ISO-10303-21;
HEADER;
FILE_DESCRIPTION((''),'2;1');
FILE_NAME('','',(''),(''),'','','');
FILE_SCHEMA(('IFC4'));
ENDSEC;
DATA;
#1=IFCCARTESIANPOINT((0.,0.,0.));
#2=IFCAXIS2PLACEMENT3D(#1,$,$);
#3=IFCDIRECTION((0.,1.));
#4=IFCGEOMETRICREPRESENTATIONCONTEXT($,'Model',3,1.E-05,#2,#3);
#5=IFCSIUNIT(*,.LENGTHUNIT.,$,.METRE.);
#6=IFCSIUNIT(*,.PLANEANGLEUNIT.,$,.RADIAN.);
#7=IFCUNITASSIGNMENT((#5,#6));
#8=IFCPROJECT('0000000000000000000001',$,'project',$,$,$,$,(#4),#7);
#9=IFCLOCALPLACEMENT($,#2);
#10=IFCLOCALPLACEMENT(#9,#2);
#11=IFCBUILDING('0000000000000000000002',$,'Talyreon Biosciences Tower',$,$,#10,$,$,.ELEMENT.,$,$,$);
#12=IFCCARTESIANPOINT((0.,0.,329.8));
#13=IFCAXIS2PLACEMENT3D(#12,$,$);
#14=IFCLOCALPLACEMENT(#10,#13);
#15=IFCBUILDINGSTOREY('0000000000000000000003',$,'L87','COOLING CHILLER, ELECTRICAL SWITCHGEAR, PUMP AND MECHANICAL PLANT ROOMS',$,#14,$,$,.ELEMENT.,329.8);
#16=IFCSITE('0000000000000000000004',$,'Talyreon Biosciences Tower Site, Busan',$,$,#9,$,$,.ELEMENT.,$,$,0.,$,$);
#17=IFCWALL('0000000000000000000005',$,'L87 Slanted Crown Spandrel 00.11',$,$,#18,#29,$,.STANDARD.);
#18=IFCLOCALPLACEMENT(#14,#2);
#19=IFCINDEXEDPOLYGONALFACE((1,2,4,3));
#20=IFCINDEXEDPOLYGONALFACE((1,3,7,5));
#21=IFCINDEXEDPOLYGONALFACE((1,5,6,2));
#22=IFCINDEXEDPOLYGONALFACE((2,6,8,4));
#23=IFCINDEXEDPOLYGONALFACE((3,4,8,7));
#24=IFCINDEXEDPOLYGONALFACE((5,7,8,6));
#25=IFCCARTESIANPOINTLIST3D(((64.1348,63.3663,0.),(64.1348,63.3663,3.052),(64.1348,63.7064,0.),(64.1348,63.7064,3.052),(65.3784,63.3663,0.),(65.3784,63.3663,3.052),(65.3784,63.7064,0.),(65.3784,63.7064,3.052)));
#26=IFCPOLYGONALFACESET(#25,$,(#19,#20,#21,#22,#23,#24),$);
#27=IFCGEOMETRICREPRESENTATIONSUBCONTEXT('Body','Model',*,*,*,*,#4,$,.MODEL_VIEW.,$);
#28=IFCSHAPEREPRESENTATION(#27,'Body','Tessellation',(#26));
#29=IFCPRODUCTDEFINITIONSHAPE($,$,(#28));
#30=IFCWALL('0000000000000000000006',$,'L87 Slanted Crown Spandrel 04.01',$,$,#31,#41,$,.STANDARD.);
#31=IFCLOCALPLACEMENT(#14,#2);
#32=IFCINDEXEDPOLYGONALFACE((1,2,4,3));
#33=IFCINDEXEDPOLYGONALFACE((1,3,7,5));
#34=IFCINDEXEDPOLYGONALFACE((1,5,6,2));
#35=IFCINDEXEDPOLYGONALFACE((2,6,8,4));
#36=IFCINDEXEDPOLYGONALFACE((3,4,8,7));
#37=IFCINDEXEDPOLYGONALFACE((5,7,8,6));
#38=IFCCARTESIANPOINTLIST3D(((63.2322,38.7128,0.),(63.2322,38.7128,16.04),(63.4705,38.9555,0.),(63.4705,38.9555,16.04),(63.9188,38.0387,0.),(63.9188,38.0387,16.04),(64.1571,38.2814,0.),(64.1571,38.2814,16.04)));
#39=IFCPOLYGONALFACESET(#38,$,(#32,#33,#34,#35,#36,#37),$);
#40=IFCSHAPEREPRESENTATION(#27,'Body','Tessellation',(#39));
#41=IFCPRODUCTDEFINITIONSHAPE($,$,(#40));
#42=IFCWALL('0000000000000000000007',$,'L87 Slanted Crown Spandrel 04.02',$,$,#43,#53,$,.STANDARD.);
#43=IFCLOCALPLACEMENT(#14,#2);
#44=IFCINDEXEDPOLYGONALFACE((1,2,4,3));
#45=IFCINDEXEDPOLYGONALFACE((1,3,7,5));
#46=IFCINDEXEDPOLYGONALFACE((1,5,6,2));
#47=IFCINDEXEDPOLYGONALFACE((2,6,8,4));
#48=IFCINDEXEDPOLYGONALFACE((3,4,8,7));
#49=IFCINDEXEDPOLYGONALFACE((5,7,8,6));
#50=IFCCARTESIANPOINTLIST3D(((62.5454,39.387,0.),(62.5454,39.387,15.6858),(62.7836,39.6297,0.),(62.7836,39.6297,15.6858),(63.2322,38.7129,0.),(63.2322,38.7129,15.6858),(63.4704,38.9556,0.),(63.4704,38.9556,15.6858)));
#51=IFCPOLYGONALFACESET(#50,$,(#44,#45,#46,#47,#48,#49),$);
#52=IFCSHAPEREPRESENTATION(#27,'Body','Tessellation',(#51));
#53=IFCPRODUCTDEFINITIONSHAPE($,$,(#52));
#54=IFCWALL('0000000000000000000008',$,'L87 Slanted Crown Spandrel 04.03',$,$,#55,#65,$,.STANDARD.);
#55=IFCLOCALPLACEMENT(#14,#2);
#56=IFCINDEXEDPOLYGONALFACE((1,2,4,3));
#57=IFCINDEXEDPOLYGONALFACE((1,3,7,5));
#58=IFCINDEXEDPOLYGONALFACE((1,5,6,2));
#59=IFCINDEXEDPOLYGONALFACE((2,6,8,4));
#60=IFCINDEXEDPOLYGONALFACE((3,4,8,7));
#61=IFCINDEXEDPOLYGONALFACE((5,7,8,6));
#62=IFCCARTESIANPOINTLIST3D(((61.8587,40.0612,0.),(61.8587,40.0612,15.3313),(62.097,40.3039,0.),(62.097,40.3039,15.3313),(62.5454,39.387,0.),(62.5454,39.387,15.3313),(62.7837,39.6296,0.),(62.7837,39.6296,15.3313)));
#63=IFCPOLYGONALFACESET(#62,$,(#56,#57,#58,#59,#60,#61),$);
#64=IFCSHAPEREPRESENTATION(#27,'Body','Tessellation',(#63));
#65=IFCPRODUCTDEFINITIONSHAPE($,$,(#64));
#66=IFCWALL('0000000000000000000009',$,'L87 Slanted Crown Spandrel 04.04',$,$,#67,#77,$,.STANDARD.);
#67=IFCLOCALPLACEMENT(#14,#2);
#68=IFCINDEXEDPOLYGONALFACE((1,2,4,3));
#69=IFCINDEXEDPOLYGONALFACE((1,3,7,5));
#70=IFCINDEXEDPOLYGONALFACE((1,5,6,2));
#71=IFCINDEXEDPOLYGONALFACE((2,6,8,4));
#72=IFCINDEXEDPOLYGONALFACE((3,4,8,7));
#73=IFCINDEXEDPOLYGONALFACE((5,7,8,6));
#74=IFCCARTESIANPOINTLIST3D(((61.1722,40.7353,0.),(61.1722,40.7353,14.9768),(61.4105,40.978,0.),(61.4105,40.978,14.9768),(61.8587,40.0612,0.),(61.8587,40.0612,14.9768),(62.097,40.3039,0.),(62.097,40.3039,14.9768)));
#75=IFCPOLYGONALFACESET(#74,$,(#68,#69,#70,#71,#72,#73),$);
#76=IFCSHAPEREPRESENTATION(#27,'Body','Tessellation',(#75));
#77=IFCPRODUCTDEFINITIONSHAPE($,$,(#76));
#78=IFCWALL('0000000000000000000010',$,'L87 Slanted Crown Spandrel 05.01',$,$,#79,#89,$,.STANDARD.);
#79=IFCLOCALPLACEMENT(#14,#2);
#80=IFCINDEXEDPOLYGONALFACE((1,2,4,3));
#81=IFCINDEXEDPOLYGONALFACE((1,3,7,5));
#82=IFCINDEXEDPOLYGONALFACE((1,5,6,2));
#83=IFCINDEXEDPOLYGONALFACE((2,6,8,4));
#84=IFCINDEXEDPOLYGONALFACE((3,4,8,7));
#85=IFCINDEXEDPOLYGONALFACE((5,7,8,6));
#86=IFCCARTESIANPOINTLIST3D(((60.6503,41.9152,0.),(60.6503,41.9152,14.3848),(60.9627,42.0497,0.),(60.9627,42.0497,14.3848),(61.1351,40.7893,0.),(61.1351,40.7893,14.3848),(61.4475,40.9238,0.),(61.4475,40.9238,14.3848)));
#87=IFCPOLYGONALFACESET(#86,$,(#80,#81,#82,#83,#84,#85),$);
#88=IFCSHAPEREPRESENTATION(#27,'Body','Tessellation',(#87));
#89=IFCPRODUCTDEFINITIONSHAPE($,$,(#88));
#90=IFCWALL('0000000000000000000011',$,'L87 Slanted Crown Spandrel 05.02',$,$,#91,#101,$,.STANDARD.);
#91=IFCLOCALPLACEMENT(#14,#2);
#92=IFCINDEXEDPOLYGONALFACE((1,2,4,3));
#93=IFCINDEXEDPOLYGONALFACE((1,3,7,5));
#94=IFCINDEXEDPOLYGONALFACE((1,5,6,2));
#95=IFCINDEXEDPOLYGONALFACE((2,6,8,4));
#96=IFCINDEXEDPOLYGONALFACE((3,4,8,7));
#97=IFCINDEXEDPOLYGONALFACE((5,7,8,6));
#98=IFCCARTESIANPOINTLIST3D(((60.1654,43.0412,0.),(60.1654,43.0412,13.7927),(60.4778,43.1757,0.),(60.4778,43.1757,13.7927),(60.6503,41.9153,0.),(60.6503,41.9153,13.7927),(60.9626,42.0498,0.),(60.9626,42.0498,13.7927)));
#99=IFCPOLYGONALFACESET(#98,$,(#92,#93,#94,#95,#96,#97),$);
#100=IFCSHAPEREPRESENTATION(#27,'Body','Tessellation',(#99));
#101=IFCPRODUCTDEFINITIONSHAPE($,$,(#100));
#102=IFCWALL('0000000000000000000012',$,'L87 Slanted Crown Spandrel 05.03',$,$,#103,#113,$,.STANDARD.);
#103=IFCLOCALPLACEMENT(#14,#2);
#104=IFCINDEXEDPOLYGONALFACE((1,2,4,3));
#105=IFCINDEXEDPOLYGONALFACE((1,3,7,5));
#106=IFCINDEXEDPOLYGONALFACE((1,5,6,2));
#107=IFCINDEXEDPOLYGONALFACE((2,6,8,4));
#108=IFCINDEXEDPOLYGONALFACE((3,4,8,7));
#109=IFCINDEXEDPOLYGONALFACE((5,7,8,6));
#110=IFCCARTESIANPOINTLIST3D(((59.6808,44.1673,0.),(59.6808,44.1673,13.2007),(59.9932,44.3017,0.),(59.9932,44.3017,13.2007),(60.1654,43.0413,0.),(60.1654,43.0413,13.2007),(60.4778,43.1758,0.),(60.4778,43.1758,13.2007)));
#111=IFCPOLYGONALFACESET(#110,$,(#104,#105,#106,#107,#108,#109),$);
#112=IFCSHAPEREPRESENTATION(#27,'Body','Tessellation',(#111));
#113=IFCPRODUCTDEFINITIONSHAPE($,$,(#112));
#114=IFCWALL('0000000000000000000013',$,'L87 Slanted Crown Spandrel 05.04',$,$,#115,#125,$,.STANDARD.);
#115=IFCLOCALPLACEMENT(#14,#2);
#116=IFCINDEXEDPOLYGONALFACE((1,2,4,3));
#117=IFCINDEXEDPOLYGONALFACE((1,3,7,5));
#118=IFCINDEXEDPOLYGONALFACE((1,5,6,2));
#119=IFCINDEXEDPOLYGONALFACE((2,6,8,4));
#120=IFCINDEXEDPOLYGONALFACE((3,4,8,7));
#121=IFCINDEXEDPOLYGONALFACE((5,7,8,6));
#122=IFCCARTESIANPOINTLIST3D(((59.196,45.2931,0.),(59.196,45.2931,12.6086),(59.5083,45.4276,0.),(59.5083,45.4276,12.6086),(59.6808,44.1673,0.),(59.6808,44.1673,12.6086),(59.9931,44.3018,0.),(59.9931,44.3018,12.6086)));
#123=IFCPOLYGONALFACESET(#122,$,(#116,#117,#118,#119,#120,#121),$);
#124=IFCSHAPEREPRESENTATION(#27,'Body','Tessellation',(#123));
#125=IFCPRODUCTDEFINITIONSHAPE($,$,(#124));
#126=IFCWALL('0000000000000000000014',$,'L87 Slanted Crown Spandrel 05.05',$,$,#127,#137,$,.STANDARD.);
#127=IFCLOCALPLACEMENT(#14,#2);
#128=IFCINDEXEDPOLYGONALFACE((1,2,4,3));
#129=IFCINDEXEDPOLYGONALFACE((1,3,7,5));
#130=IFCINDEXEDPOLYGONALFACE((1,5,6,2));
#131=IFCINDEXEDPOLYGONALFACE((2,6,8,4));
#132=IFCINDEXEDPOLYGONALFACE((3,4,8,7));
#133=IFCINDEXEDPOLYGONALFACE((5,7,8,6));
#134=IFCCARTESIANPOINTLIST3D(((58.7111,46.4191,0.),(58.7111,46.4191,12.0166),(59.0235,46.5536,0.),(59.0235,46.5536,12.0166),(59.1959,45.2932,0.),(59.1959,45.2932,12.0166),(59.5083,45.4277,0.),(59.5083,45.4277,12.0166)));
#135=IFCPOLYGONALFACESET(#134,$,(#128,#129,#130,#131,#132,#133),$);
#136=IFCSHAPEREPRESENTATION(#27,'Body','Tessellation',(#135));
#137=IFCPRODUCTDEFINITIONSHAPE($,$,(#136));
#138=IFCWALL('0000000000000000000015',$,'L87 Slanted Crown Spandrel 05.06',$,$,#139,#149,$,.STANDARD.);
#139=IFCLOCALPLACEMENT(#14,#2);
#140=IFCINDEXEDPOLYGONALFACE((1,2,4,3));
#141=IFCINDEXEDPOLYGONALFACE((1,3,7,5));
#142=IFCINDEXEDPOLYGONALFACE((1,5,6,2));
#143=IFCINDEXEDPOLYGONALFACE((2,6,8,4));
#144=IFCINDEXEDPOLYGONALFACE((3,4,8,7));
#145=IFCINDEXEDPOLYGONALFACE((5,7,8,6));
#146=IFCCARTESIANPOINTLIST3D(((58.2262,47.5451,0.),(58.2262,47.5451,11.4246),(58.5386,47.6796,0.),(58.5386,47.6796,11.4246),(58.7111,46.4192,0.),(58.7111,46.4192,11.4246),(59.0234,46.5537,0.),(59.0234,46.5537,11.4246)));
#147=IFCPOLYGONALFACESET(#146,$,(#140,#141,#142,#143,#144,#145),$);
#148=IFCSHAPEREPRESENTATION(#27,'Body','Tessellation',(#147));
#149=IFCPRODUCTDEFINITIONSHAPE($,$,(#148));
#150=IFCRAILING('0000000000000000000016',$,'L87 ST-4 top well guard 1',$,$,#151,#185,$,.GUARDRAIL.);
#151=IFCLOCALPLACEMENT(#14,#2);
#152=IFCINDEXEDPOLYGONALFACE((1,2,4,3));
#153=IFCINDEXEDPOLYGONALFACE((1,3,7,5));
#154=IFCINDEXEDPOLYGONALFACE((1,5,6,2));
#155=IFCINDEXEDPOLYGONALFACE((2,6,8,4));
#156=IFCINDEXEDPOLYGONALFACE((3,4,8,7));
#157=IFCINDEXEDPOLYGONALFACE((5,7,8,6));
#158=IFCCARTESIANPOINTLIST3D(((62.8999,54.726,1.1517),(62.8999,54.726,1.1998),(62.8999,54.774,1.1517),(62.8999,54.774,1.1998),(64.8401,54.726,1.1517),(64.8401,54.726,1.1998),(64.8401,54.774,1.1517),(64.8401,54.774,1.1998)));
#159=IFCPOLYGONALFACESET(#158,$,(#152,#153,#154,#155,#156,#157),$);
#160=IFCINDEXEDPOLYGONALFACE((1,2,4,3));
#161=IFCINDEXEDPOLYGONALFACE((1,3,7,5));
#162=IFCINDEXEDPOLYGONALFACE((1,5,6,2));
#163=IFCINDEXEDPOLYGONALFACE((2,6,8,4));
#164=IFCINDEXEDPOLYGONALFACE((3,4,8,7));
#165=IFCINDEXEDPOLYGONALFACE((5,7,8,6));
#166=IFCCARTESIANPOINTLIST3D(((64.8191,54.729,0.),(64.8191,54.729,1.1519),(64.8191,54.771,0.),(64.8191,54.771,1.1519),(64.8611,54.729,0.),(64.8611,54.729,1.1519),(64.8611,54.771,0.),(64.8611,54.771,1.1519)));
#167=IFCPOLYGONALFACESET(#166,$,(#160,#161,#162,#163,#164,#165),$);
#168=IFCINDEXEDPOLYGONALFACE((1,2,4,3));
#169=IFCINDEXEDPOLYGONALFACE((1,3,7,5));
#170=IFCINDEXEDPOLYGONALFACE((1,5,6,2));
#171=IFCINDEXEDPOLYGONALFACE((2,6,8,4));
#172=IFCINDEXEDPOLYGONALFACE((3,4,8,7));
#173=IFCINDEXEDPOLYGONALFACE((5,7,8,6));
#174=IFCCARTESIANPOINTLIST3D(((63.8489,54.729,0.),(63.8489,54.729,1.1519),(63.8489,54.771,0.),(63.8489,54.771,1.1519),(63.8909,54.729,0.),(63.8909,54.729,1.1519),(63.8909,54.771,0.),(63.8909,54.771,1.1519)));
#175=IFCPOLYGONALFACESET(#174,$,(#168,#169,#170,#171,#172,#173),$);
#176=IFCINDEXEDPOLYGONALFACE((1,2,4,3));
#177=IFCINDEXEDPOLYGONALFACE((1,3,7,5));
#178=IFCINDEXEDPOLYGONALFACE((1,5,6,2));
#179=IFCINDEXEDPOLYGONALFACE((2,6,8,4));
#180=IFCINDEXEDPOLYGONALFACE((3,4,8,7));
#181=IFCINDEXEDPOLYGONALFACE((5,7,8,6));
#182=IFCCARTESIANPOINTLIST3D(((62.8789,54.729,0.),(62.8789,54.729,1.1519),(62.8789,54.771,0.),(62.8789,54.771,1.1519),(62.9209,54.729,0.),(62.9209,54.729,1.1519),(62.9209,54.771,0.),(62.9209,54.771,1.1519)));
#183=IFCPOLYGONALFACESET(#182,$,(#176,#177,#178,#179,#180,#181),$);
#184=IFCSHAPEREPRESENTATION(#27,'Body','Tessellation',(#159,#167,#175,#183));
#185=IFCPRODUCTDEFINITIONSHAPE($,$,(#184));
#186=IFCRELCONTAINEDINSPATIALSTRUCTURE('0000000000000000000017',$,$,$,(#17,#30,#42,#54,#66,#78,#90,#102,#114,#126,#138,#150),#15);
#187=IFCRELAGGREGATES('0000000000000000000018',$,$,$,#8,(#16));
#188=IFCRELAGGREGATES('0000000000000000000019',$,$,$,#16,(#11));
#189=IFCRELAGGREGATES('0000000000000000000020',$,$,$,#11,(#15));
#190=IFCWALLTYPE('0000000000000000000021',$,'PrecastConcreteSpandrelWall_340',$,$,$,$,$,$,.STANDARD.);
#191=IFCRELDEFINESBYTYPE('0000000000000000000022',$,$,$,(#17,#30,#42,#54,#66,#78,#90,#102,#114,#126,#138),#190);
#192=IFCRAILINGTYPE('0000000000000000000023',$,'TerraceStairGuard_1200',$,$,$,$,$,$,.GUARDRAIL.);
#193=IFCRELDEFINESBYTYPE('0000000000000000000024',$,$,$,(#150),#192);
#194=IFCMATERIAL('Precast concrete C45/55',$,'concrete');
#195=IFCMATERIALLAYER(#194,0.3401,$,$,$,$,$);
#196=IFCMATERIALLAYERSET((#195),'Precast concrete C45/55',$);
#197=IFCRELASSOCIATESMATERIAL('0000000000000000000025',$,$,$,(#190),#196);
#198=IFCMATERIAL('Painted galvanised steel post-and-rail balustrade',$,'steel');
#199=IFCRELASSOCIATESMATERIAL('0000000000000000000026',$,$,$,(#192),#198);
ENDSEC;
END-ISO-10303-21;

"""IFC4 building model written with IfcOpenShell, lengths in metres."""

from ifc_helpers import new_model, si_unit, direction, frame, frame_2d, origin, origin_2d, place, context, subcontext, project, spatial, rectangle, extrude, material, layer, layer_set, type_object, element, save


model = new_model("IFC4")

# Units and contexts
model_context = context("Model", 3, precision=1e-05, world=origin(), true_north=direction((0.0, 1.0)))
body_context = subcontext(model_context, "Body", "Model", "MODEL_VIEW")
ifc_project = project(units=[si_unit("LENGTHUNIT", "METRE"), si_unit("PLANEANGLEUNIT", "RADIAN")], contexts=[model_context])

# Site, building, storey
site_placement = place(None, origin())
site = spatial("IfcSite", under=ifc_project, at=site_placement, Name="Talyreon Biosciences Tower Site, Busan", CompositionType="ELEMENT", RefElevation=0.0)
building_placement = place(site_placement, origin())
building = spatial("IfcBuilding", under=site, at=building_placement, Name="Talyreon Biosciences Tower", CompositionType="ELEMENT")
storey_placement = place(building_placement, frame((0.0, 0.0, 329.8)))
storey = spatial("IfcBuildingStorey", under=building, at=storey_placement, Name="L87", Description="COOLING CHILLER, ELECTRICAL SWITCHGEAR, PUMP AND MECHANICAL PLANT ROOMS", CompositionType="ELEMENT", Elevation=329.8)

# Walls
ifc_material_1 = material(Name="Precast concrete C45/55", Category="concrete")
ifc_layer_1 = layer(ifc_material_1, 0.3401)
ifc_layer_set_1 = layer_set([ifc_layer_1], Name="Precast concrete C45/55")
wall_type_1 = type_object("IfcWallType", Name="PrecastConcreteSpandrelWall_340", PredefinedType="STANDARD", material=ifc_layer_set_1)
wall_1_placement = place(storey_placement, frame((64.1348, 63.5364, 0.0), z_axis=(0.0, 0.0, 1.0), x_axis=(1.0, 0.0, 0.0)))
element("IfcWall", 1, at=wall_1_placement, inside=storey, type_object=wall_type_1, Name="L87 Slanted Crown Spandrel 00.11", PredefinedType="STANDARD", context=body_context, shape_type="SweptSolid", body=[
    extrude(rectangle(XDim=1.2437, YDim=0.3401, at=frame_2d((0.6218, 0.0))), origin(), (0.0, 0.0, 1.0), 3.052),
])
wall_2_placement = place(storey_placement, frame((64.0378, 38.1602, 0.0), z_axis=(0.0, 0.0, 1.0), x_axis=(-0.713548, 0.700607, 0.0)))
element("IfcWall", 2, at=wall_2_placement, inside=storey, type_object=wall_type_1, Name="L87 Slanted Crown Spandrel 04.01", PredefinedType="STANDARD", context=body_context, shape_type="SweptSolid", body=[
    extrude(rectangle(XDim=0.9622, YDim=0.3401, at=frame_2d((0.481, 0.0))), origin(), (0.0, 0.0, 1.0), 16.04),
])
wall_3_placement = place(storey_placement, frame((63.3513, 38.8342, 0.0), z_axis=(0.0, 0.0, 1.0), x_axis=(-0.713672, 0.70048, 0.0)))
element("IfcWall", 3, at=wall_3_placement, inside=storey, type_object=wall_type_1, Name="L87 Slanted Crown Spandrel 04.02", PredefinedType="STANDARD", context=body_context, shape_type="SweptSolid", body=[
    extrude(rectangle(XDim=0.9624, YDim=0.3401, at=frame_2d((0.4812, 0.0))), origin(), (0.0, 0.0, 1.0), 15.6858),
])
wall_4_placement = place(storey_placement, frame((62.6646, 39.5083, 0.0), z_axis=(0.0, 0.0, 1.0), x_axis=(-0.713546, 0.700609, 0.0)))
element("IfcWall", 4, at=wall_4_placement, inside=storey, type_object=wall_type_1, Name="L87 Slanted Crown Spandrel 04.03", PredefinedType="STANDARD", context=body_context, shape_type="SweptSolid", body=[
    extrude(rectangle(XDim=0.9624, YDim=0.3401, at=frame_2d((0.4812, 0.0))), origin(), (0.0, 0.0, 1.0), 15.3313),
])
wall_5_placement = place(storey_placement, frame((61.9778, 40.1826, 0.0), z_axis=(0.0, 0.0, 1.0), x_axis=(-0.713548, 0.700607, 0.0)))
element("IfcWall", 5, at=wall_5_placement, inside=storey, type_object=wall_type_1, Name="L87 Slanted Crown Spandrel 04.04", PredefinedType="STANDARD", context=body_context, shape_type="SweptSolid", body=[
    extrude(rectangle(XDim=0.9622, YDim=0.3401, at=frame_2d((0.481, 0.0))), origin(), (0.0, 0.0, 1.0), 14.9768),
])
wall_6_placement = place(storey_placement, frame((61.2913, 40.8567, 0.0), z_axis=(0.0, 0.0, 1.0), x_axis=(-0.395505, 0.918464, 0.0)))
element("IfcWall", 6, at=wall_6_placement, inside=storey, type_object=wall_type_1, Name="L87 Slanted Crown Spandrel 05.01", PredefinedType="STANDARD", context=body_context, shape_type="SweptSolid", body=[
    extrude(rectangle(XDim=1.2258, YDim=0.3401, at=frame_2d((0.6128, 0.0))), origin(), (0.0, 0.0, 1.0), 14.3848),
])
wall_7_placement = place(storey_placement, frame((60.8064, 41.9827, 0.0), z_axis=(0.0, 0.0, 1.0), x_axis=(-0.395505, 0.918464, 0.0)))
element("IfcWall", 7, at=wall_7_placement, inside=storey, type_object=wall_type_1, Name="L87 Slanted Crown Spandrel 05.02", PredefinedType="STANDARD", context=body_context, shape_type="SweptSolid", body=[
    extrude(rectangle(XDim=1.2258, YDim=0.3401, at=frame_2d((0.6128, 0.0))), origin(), (0.0, 0.0, 1.0), 13.7927),
])
wall_8_placement = place(storey_placement, frame((60.3215, 43.1086, 0.0), z_axis=(0.0, 0.0, 1.0), x_axis=(-0.395337, 0.918536, 0.0)))
element("IfcWall", 8, at=wall_8_placement, inside=storey, type_object=wall_type_1, Name="L87 Slanted Crown Spandrel 05.03", PredefinedType="STANDARD", context=body_context, shape_type="SweptSolid", body=[
    extrude(rectangle(XDim=1.2258, YDim=0.3401, at=frame_2d((0.6128, 0.0))), origin(), (0.0, 0.0, 1.0), 13.2007),
])
wall_9_placement = place(storey_placement, frame((59.8369, 44.2346, 0.0), z_axis=(0.0, 0.0, 1.0), x_axis=(-0.395505, 0.918464, 0.0)))
element("IfcWall", 9, at=wall_9_placement, inside=storey, type_object=wall_type_1, Name="L87 Slanted Crown Spandrel 05.04", PredefinedType="STANDARD", context=body_context, shape_type="SweptSolid", body=[
    extrude(rectangle(XDim=1.2258, YDim=0.3401, at=frame_2d((0.6128, 0.0))), origin(), (0.0, 0.0, 1.0), 12.6086),
])
wall_10_placement = place(storey_placement, frame((59.3521, 45.3606, 0.0), z_axis=(0.0, 0.0, 1.0), x_axis=(-0.395505, 0.918464, 0.0)))
element("IfcWall", 10, at=wall_10_placement, inside=storey, type_object=wall_type_1, Name="L87 Slanted Crown Spandrel 05.05", PredefinedType="STANDARD", context=body_context, shape_type="SweptSolid", body=[
    extrude(rectangle(XDim=1.2258, YDim=0.3401, at=frame_2d((0.6128, 0.0))), origin(), (0.0, 0.0, 1.0), 12.0166),
])
wall_11_placement = place(storey_placement, frame((58.8672, 46.4866, 0.0), z_axis=(0.0, 0.0, 1.0), x_axis=(-0.395505, 0.918464, 0.0)))
element("IfcWall", 11, at=wall_11_placement, inside=storey, type_object=wall_type_1, Name="L87 Slanted Crown Spandrel 05.06", PredefinedType="STANDARD", context=body_context, shape_type="SweptSolid", body=[
    extrude(rectangle(XDim=1.2258, YDim=0.3401, at=frame_2d((0.6128, 0.0))), origin(), (0.0, 0.0, 1.0), 11.4246),
])

# Railing
ifc_material_2 = material(Name="Painted galvanised steel post-and-rail balustrade", Category="steel")
railing_type = type_object("IfcRailingType", Name="TerraceStairGuard_1200", PredefinedType="GUARDRAIL", material=ifc_material_2)
railing_placement = place(storey_placement, frame((64.8401, 54.75, 0.0)))
element("IfcRailing", 12, at=railing_placement, inside=storey, type_object=railing_type, Name="L87 ST-4 top well guard 1", PredefinedType="GUARDRAIL", context=body_context, shape_type="SweptSolid", body=[
    extrude(rectangle(XDim=0.0481, YDim=0.0481, at=origin_2d()), frame((0.0, 0.0, 1.1758), z_axis=(-1.0, 0.0, 0.0), x_axis=(0.0, -1.0, 0.0)), (0.0, 0.0, 1.0), 1.9402),
    extrude(rectangle(XDim=0.042, YDim=0.042, at=origin_2d()), origin(), (0.0, 0.0, 1.0), 1.1519),
    extrude(rectangle(XDim=0.042, YDim=0.042, at=origin_2d()), frame((-0.9702, 0.0, 0.0)), (0.0, 0.0, 1.0), 1.1519),
    extrude(rectangle(XDim=0.042, YDim=0.042, at=origin_2d()), frame((-1.9402, 0.0, 0.0)), (0.0, 0.0, 1.0), 1.1519),
])

save(model, "model.ifc")
